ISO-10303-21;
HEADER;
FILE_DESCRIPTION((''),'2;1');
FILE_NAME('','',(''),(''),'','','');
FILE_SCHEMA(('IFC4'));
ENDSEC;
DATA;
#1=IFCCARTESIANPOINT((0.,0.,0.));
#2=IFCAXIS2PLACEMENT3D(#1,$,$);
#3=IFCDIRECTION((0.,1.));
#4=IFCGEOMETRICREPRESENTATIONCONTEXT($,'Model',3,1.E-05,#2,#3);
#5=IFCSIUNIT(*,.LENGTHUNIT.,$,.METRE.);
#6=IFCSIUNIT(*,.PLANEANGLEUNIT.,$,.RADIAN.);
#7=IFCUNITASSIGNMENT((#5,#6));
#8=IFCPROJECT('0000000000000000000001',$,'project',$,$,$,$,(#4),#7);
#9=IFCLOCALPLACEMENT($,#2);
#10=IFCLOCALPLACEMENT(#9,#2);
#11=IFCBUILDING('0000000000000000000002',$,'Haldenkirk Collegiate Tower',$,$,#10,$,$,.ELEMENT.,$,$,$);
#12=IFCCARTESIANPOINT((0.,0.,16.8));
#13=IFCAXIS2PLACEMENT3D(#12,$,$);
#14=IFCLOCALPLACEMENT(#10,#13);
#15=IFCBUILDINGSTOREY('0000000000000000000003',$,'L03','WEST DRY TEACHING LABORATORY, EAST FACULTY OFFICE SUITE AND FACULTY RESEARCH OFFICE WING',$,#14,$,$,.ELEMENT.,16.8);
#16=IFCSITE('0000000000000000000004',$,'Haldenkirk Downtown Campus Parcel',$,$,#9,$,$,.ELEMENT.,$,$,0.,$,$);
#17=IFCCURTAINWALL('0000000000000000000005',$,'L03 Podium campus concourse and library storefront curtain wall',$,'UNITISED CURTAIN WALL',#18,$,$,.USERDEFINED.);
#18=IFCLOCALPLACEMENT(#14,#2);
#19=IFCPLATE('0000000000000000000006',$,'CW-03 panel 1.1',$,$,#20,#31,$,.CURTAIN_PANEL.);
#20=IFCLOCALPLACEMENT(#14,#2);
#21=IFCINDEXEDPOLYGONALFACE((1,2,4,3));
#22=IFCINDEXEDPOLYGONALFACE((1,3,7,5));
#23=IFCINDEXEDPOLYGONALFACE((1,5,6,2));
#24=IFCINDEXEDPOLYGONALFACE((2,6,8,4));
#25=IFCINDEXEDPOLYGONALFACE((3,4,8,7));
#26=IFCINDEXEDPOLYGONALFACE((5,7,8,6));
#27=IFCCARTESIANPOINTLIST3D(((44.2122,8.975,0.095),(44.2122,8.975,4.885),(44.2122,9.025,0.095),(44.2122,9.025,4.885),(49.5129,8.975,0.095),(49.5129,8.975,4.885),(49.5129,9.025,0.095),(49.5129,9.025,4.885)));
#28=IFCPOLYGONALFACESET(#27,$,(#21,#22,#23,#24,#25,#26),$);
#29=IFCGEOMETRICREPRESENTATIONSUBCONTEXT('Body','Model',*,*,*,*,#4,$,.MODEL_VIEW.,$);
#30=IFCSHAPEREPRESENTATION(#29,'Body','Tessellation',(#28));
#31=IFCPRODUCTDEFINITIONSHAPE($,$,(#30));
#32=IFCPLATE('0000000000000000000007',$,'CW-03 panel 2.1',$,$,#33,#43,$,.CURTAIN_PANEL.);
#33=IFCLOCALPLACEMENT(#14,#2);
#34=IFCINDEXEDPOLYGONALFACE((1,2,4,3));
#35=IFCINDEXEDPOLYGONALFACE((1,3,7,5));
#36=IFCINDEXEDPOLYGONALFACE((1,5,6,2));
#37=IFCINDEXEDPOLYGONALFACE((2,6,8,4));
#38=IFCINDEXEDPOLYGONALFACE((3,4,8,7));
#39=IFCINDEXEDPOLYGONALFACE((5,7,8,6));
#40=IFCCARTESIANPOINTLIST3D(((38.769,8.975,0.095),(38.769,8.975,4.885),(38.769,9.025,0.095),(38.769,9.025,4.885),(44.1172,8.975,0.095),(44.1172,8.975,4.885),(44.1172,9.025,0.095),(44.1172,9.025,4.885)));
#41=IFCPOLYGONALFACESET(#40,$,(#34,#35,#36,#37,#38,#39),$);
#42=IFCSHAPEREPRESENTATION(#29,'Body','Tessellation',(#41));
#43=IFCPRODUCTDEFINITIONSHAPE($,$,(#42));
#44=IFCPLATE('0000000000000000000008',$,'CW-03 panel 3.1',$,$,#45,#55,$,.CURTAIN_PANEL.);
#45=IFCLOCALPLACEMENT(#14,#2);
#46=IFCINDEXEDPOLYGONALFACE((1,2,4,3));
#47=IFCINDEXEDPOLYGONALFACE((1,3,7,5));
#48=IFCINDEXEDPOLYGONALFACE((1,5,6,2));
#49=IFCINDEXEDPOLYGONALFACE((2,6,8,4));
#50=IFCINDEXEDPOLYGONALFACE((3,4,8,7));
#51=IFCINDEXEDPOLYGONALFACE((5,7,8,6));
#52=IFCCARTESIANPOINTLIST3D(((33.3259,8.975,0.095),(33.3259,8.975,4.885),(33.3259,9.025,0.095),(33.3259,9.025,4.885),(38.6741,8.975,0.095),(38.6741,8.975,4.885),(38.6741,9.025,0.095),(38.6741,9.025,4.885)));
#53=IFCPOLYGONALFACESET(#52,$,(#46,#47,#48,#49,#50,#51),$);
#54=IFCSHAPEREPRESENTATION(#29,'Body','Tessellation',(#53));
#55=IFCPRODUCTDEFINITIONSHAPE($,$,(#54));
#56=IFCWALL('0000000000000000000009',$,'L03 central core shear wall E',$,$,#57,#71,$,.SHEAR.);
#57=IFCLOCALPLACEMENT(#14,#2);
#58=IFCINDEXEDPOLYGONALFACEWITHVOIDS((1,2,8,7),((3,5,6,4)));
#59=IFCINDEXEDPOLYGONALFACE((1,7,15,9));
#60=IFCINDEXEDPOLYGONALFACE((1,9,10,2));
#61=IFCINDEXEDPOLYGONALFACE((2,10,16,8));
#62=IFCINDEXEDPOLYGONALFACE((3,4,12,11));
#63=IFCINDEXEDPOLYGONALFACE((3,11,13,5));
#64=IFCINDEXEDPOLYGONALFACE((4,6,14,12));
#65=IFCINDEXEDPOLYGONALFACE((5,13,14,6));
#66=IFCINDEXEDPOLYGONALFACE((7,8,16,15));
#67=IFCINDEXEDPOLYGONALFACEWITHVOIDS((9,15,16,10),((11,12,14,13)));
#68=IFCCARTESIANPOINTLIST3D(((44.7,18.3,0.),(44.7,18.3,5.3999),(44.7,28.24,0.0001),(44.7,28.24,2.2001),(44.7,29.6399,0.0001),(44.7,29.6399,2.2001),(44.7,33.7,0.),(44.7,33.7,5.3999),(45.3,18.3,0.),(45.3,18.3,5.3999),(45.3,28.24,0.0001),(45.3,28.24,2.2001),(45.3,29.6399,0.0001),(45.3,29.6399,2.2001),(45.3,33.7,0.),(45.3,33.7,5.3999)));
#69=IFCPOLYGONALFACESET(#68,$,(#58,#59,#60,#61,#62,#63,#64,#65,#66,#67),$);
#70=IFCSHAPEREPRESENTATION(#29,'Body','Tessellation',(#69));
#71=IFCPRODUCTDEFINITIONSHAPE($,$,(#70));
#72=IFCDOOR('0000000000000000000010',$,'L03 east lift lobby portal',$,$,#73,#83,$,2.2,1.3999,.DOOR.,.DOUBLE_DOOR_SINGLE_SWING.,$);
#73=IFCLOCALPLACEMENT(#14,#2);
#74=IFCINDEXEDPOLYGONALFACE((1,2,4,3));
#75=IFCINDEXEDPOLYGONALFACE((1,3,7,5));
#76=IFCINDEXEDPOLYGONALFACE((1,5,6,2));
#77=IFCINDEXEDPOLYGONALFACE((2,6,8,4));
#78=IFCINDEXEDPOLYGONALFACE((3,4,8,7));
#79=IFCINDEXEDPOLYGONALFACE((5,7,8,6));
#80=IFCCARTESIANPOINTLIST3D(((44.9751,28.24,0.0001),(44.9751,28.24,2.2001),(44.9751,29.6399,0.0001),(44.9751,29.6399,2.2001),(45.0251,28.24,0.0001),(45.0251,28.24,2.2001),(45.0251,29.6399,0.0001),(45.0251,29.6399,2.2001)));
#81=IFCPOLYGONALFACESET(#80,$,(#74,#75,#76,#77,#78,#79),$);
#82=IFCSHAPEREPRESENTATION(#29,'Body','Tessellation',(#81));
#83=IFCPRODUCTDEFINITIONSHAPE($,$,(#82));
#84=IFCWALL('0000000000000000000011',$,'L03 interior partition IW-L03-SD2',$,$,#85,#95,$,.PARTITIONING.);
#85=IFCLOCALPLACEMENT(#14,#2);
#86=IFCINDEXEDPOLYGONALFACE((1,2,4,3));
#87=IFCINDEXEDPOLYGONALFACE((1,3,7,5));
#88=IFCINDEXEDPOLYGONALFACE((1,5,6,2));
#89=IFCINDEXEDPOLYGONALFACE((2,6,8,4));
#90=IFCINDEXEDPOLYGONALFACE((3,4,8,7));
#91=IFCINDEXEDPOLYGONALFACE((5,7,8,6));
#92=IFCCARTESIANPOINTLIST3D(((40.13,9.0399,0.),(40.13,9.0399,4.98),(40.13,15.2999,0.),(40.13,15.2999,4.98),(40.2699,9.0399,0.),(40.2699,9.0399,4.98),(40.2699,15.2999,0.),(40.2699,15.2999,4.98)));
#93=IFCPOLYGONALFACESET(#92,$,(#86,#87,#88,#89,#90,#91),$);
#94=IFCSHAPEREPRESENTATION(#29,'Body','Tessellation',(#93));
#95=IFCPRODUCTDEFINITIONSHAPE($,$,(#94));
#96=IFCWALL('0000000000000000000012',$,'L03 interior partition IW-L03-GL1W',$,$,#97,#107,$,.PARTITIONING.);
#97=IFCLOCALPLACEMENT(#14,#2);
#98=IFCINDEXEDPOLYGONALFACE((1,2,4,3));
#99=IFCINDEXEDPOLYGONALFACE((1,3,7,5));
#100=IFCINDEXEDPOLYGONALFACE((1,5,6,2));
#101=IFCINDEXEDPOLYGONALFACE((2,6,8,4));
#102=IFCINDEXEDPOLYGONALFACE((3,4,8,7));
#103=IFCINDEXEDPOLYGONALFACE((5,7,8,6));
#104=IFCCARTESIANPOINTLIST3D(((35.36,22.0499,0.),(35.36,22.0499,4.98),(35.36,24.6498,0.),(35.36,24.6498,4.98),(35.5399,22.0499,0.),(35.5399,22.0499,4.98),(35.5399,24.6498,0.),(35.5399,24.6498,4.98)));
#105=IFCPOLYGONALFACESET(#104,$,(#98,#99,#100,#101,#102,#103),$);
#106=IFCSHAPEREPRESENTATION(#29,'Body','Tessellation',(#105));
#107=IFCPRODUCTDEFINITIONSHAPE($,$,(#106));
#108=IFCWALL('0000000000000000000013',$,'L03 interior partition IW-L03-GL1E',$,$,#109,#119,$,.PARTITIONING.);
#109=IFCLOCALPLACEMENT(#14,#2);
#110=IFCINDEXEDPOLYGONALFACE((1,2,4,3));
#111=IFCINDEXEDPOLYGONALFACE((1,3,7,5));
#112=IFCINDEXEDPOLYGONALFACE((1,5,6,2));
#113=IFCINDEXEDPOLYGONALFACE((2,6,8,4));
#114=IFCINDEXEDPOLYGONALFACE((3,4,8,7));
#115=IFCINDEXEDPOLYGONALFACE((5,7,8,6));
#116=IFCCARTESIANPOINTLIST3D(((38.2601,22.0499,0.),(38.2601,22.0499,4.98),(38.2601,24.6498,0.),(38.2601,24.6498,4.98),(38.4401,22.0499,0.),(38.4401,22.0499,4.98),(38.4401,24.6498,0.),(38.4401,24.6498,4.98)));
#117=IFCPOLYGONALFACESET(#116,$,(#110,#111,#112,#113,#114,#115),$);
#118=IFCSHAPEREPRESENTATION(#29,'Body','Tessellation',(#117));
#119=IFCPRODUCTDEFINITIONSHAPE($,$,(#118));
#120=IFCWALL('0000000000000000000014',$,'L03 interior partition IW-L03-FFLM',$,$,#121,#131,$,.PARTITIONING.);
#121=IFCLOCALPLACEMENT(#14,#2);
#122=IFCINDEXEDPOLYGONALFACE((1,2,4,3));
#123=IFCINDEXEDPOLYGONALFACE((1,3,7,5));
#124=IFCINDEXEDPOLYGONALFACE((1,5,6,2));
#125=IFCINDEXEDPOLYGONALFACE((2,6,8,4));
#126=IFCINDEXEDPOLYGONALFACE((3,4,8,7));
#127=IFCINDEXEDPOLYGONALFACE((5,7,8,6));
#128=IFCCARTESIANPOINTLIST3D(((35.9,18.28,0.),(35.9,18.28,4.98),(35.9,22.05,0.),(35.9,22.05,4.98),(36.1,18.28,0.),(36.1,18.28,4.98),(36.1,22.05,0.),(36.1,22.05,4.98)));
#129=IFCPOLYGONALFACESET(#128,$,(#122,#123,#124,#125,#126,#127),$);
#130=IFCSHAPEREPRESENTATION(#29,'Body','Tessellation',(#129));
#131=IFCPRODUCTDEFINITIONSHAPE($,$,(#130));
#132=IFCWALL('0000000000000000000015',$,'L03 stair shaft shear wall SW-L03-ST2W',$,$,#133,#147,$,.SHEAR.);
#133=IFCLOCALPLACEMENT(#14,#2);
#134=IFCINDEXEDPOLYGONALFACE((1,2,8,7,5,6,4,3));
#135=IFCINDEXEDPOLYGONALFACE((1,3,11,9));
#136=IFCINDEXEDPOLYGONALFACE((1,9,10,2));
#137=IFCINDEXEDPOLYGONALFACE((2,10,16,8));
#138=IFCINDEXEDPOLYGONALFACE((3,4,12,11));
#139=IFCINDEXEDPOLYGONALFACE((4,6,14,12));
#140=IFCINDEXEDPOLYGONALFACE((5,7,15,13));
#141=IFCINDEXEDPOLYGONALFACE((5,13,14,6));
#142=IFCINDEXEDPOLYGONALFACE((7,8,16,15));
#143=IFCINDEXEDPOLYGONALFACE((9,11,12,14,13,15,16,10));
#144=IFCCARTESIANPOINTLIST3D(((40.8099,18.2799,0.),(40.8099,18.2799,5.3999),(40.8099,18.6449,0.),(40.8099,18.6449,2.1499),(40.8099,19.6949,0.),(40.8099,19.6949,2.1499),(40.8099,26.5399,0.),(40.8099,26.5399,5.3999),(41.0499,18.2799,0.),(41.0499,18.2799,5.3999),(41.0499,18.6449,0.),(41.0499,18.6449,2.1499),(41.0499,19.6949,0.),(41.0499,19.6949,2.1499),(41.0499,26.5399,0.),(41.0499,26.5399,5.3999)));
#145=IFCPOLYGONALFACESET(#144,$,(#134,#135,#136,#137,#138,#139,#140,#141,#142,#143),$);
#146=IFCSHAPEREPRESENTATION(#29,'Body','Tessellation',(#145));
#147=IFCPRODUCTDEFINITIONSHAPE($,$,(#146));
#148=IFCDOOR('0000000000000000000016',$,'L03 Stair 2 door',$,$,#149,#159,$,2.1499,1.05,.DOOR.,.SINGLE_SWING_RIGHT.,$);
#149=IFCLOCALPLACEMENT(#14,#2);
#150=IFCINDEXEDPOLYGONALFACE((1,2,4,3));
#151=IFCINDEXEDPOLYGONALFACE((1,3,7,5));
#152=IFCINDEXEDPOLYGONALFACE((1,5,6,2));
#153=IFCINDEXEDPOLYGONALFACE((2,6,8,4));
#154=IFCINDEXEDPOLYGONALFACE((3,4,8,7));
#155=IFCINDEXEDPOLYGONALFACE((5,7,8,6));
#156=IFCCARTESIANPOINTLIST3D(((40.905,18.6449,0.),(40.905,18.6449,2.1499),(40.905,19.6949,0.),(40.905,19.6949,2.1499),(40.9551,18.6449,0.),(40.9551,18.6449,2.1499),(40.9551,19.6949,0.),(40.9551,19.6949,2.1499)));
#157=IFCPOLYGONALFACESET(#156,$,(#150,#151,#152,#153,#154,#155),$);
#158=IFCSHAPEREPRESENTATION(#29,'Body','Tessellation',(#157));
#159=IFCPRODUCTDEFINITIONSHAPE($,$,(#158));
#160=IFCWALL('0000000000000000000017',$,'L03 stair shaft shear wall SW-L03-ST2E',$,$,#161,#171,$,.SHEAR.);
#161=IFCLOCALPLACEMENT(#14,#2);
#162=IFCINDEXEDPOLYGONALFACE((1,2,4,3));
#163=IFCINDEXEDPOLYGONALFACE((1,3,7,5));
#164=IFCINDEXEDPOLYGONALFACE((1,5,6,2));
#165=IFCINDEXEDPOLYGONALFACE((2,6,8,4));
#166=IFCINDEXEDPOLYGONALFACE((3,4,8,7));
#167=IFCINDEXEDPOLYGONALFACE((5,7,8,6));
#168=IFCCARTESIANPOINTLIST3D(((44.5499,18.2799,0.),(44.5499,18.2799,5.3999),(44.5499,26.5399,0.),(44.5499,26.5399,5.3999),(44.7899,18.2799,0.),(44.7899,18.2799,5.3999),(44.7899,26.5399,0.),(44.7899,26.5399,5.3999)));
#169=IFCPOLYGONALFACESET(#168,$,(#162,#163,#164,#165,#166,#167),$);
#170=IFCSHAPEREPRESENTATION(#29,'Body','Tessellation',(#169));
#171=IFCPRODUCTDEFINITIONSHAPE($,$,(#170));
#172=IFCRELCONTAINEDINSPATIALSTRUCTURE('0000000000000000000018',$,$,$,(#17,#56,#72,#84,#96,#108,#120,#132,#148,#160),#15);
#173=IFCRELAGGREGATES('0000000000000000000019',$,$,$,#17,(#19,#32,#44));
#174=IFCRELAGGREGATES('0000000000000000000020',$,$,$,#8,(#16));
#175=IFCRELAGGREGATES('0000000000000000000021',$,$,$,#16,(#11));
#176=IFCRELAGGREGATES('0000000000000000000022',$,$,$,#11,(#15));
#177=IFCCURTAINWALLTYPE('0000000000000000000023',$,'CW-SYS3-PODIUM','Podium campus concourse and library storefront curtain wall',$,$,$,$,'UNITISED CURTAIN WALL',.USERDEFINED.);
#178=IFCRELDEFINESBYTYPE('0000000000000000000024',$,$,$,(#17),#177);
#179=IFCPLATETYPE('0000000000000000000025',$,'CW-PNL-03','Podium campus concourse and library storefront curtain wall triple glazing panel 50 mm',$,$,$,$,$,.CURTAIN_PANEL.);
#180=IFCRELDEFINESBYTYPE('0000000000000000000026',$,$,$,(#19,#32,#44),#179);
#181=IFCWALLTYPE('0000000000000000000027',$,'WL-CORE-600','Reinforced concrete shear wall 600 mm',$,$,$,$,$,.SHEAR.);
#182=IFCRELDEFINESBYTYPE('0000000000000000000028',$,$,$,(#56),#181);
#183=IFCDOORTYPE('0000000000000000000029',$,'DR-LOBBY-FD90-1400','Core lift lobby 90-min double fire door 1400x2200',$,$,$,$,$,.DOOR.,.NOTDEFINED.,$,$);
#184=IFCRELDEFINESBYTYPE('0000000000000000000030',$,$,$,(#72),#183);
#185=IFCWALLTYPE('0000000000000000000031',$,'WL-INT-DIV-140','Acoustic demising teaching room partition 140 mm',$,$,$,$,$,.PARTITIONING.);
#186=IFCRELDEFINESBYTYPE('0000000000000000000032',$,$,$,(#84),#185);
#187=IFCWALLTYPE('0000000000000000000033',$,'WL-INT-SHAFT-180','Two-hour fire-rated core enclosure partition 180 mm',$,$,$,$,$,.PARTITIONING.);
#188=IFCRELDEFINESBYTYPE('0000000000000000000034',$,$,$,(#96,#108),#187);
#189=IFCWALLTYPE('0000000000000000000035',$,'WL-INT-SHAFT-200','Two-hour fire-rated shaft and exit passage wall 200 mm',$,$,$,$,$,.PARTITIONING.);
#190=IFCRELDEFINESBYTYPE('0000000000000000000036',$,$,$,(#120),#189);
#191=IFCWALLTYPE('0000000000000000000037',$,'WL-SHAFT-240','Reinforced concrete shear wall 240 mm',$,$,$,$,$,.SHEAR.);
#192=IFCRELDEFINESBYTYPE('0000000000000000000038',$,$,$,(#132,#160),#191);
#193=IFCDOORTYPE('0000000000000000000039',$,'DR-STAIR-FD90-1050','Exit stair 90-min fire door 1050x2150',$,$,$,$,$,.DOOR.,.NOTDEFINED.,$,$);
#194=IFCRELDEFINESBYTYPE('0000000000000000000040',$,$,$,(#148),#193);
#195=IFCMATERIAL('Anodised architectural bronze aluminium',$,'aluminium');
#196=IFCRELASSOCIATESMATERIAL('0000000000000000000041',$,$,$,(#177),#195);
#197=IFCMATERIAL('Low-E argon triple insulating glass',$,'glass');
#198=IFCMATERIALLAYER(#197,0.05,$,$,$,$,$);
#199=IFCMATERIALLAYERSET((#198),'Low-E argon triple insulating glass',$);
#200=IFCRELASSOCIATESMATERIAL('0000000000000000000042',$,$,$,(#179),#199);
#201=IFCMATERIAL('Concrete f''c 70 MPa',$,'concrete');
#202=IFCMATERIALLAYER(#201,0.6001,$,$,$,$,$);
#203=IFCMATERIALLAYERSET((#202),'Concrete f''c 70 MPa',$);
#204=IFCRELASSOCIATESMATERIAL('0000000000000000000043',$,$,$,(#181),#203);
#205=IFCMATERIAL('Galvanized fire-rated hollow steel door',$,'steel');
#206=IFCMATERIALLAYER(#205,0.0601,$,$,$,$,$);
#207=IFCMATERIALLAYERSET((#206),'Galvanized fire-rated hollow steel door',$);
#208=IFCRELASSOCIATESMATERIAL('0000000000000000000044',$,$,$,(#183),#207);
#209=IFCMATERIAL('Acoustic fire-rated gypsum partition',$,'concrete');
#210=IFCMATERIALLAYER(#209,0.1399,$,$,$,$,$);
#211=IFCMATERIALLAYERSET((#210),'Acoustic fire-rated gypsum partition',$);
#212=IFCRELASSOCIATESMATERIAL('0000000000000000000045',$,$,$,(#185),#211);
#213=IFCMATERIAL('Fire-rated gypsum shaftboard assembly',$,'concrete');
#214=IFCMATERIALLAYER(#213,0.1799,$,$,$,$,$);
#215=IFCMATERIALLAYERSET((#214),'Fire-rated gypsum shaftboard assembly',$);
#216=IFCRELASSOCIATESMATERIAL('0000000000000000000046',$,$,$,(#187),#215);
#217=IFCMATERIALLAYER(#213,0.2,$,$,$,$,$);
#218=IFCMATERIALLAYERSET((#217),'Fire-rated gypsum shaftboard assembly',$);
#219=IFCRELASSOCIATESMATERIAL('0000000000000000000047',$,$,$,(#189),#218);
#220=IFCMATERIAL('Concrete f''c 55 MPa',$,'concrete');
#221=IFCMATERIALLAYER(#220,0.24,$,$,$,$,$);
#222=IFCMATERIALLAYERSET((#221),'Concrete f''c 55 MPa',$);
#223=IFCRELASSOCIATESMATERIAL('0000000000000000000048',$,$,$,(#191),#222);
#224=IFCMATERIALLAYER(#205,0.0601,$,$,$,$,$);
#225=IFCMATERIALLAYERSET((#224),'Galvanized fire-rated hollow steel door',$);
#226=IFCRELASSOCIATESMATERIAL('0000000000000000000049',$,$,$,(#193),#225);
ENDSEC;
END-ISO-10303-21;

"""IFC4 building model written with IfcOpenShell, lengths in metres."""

from ifc_helpers import new_model, si_unit, direction, frame, frame_2d, origin, origin_2d, place, context, subcontext, project, spatial, rectangle, extrude, source, transform, mapped, material, layer, layer_set, type_object, element, fill, aggregate, save


model = new_model("IFC4")

# Units and contexts
model_context = context("Model", 3, precision=1e-05, world=origin(), true_north=direction((0.0, 1.0)))
body_context = subcontext(model_context, "Body", "Model", "MODEL_VIEW")
ifc_project = project(units=[si_unit("LENGTHUNIT", "METRE"), si_unit("PLANEANGLEUNIT", "RADIAN")], contexts=[model_context])

# Site, building, storey
site_placement = place(None, origin())
site = spatial("IfcSite", under=ifc_project, at=site_placement, Name="Haldenkirk Downtown Campus Parcel", CompositionType="ELEMENT", RefElevation=0.0)
building_placement = place(site_placement, origin())
building = spatial("IfcBuilding", under=site, at=building_placement, Name="Haldenkirk Collegiate Tower", CompositionType="ELEMENT")
storey_placement = place(building_placement, frame((0.0, 0.0, 16.8)))
storey = spatial("IfcBuildingStorey", under=building, at=storey_placement, Name="L03", Description="WEST DRY TEACHING LABORATORY, EAST FACULTY OFFICE SUITE AND FACULTY RESEARCH OFFICE WING", CompositionType="ELEMENT", Elevation=16.8)

# Curtain wall, plates
ifc_material_1 = material(Name="Anodised architectural bronze aluminium", Category="aluminium")
curtain_wall_type = type_object("IfcCurtainWallType", Name="CW-SYS3-PODIUM", Description="Podium campus concourse and library storefront curtain wall", ElementType="UNITISED CURTAIN WALL", PredefinedType="USERDEFINED", material=ifc_material_1)
curtain_wall_placement = place(storey_placement, origin())
curtain_wall = element("IfcCurtainWall", 1, at=curtain_wall_placement, inside=storey, type_object=curtain_wall_type, Name="L03 Podium campus concourse and library storefront curtain wall", ObjectType="UNITISED CURTAIN WALL", PredefinedType="USERDEFINED")
ifc_material_2 = material(Name="Low-E argon triple insulating glass", Category="glass")
ifc_layer_1 = layer(ifc_material_2, 0.05)
ifc_layer_set_1 = layer_set([ifc_layer_1], Name="Low-E argon triple insulating glass")
plate_type = type_object("IfcPlateType", Name="CW-PNL-03", Description="Podium campus concourse and library storefront curtain wall triple glazing panel 50 mm", PredefinedType="CURTAIN_PANEL", material=ifc_layer_set_1)
shared_shape_1 = source(origin(), body_context, "Body", "SweptSolid", [
    extrude(rectangle(XDim=5.3008, YDim=0.05, at=origin_2d()), origin(), (0.0, 0.0, 1.0), 4.79),
])
plate_1_placement = place(storey_placement, frame((46.8625, 9.0, 0.095), z_axis=(0.0, 0.0, 1.0), x_axis=(-1.0, 0.0, 0.0)))
plate_1 = element("IfcPlate", 2, at=plate_1_placement, type_object=plate_type, Name="CW-03 panel 1.1", PredefinedType="CURTAIN_PANEL", context=body_context, shape_type="MappedRepresentation", body=[
    mapped(shared_shape_1, transform((0.0, 0.0, 0.0), x_axis=(1.0, 0.0, 0.0), y_axis=(0.0, 1.0, 0.0), z_axis=(0.0, 0.0, 1.0), scale=1.0)),
])
shared_shape_2 = source(origin(), body_context, "Body", "SweptSolid", [
    extrude(rectangle(XDim=5.3481, YDim=0.05, at=origin_2d()), origin(), (0.0, 0.0, 1.0), 4.79),
])
plate_2_placement = place(storey_placement, frame((41.4431, 9.0, 0.095), z_axis=(0.0, 0.0, 1.0), x_axis=(-1.0, 0.0, 0.0)))
plate_2 = element("IfcPlate", 3, at=plate_2_placement, type_object=plate_type, Name="CW-03 panel 2.1", PredefinedType="CURTAIN_PANEL", context=body_context, shape_type="MappedRepresentation", body=[
    mapped(shared_shape_2, transform((0.0, 0.0, 0.0), x_axis=(1.0, 0.0, 0.0), y_axis=(0.0, 1.0, 0.0), z_axis=(0.0, 0.0, 1.0), scale=1.0)),
])
plate_3_placement = place(storey_placement, frame((36.0, 9.0, 0.095), z_axis=(0.0, 0.0, 1.0), x_axis=(-1.0, 0.0, 0.0)))
plate_3 = element("IfcPlate", 4, at=plate_3_placement, type_object=plate_type, Name="CW-03 panel 3.1", PredefinedType="CURTAIN_PANEL", context=body_context, shape_type="MappedRepresentation", body=[
    mapped(shared_shape_2, transform((0.0, 0.0, 0.0), x_axis=(1.0, 0.0, 0.0), y_axis=(0.0, 1.0, 0.0), z_axis=(0.0, 0.0, 1.0), scale=1.0)),
])
aggregate(curtain_wall, [plate_1, plate_2, plate_3])

# Wall, opening, door
ifc_material_3 = material(Name="Concrete f'c 70 MPa", Category="concrete")
ifc_layer_2 = layer(ifc_material_3, 0.6001)
ifc_layer_set_2 = layer_set([ifc_layer_2], Name="Concrete f'c 70 MPa")
wall_type_1 = type_object("IfcWallType", Name="WL-CORE-600", Description="Reinforced concrete shear wall 600 mm", PredefinedType="SHEAR", material=ifc_layer_set_2)
wall_1_placement = place(storey_placement, frame((45.0, 18.3, 0.0), z_axis=(0.0, 0.0, 1.0), x_axis=(0.0, 1.0, 0.0)))
wall_1 = element("IfcWall", 5, at=wall_1_placement, inside=storey, type_object=wall_type_1, Name="L03 central core shear wall E", PredefinedType="SHEAR", context=body_context, shape_type="SweptSolid", body=[
    extrude(rectangle(XDim=15.3999, YDim=0.6001, at=frame_2d((7.7, 0.0))), origin(), (0.0, 0.0, 1.0), 5.3999),
])
opening_1_placement = place(wall_1_placement, frame((9.9399, 0.0, 0.0)))
opening_1 = element("IfcOpeningElement", 6, at=opening_1_placement, cuts=wall_1, PredefinedType="OPENING", context=body_context, shape_type="SweptSolid", body=[
    extrude(rectangle(XDim=1.3999, YDim=2.2, at=frame_2d((0.7, 1.1001))), frame((0.0, 0.3101, 0.0), z_axis=(0.0, -1.0, 0.0), x_axis=(1.0, 0.0, 0.0)), (0.0, 0.0, 1.0), 0.6201),
])
ifc_material_4 = material(Name="Galvanized fire-rated hollow steel door", Category="steel")
ifc_layer_3 = layer(ifc_material_4, 0.0601)
ifc_layer_set_3 = layer_set([ifc_layer_3], Name="Galvanized fire-rated hollow steel door")
door_type_1 = type_object("IfcDoorType", Name="DR-LOBBY-FD90-1400", Description="Core lift lobby 90-min double fire door 1400x2200", OperationType="NOTDEFINED", PredefinedType="DOOR", material=ifc_layer_set_3)
door_1_placement = place(opening_1_placement, origin())
door_1 = element("IfcDoor", 7, at=door_1_placement, inside=storey, type_object=door_type_1, Name="L03 east lift lobby portal", OperationType="DOUBLE_DOOR_SINGLE_SWING", OverallHeight=2.2, OverallWidth=1.3999, PredefinedType="DOOR", context=body_context, shape_type="SweptSolid", body=[
    extrude(rectangle(XDim=1.3999, YDim=2.2, at=frame_2d((0.7, 1.1001))), frame((0.0, 0.0249, 0.0), z_axis=(0.0, -1.0, 0.0), x_axis=(1.0, 0.0, 0.0)), (0.0, 0.0, 1.0), 0.05),
])
fill(opening_1, door_1)

# Walls
ifc_material_5 = material(Name="Acoustic fire-rated gypsum partition", Category="concrete")
ifc_layer_4 = layer(ifc_material_5, 0.1399)
ifc_layer_set_4 = layer_set([ifc_layer_4], Name="Acoustic fire-rated gypsum partition")
wall_type_2 = type_object("IfcWallType", Name="WL-INT-DIV-140", Description="Acoustic demising teaching room partition 140 mm", PredefinedType="PARTITIONING", material=ifc_layer_set_4)
wall_2_placement = place(storey_placement, frame((40.2, 9.04, 0.0), z_axis=(0.0, 0.0, 1.0), x_axis=(0.0, 1.0, 0.0)))
element("IfcWall", 8, at=wall_2_placement, inside=storey, type_object=wall_type_2, Name="L03 interior partition IW-L03-SD2", PredefinedType="PARTITIONING", context=body_context, shape_type="SweptSolid", body=[
    extrude(rectangle(XDim=6.26, YDim=0.1399, at=frame_2d((3.1299, 0.0))), origin(), (0.0, 0.0, 1.0), 4.98),
])
ifc_material_6 = material(Name="Fire-rated gypsum shaftboard assembly", Category="concrete")
ifc_layer_5 = layer(ifc_material_6, 0.1799)
ifc_layer_set_5 = layer_set([ifc_layer_5], Name="Fire-rated gypsum shaftboard assembly")
wall_type_3 = type_object("IfcWallType", Name="WL-INT-SHAFT-180", Description="Two-hour fire-rated core enclosure partition 180 mm", PredefinedType="PARTITIONING", material=ifc_layer_set_5)
for number, where, z_axis, x_axis, name in (
    (9, (35.45, 22.05, 0.0), (0.0, 0.0, 1.0), (0.0, 1.0, 0.0), "L03 interior partition IW-L03-GL1W"),
    (10, (38.3501, 22.05, 0.0), (0.0, 0.0, 1.0), (0.0, 1.0, 0.0), "L03 interior partition IW-L03-GL1E"),
):
    element("IfcWall", number, at=place(storey_placement, frame(where, z_axis=z_axis, x_axis=x_axis)), inside=storey, type_object=wall_type_3, Name=name, PredefinedType="PARTITIONING", context=body_context, shape_type="SweptSolid", body=[
        extrude(rectangle(XDim=2.5999, YDim=0.1799, at=frame_2d((1.2998, 0.0))), origin(), (0.0, 0.0, 1.0), 4.98),
    ])
ifc_layer_6 = layer(ifc_material_6, 0.2)
ifc_layer_set_6 = layer_set([ifc_layer_6], Name="Fire-rated gypsum shaftboard assembly")
wall_type_4 = type_object("IfcWallType", Name="WL-INT-SHAFT-200", Description="Two-hour fire-rated shaft and exit passage wall 200 mm", PredefinedType="PARTITIONING", material=ifc_layer_set_6)
wall_3_placement = place(storey_placement, frame((36.0, 18.28, 0.0), z_axis=(0.0, 0.0, 1.0), x_axis=(0.0, 1.0, 0.0)))
element("IfcWall", 11, at=wall_3_placement, inside=storey, type_object=wall_type_4, Name="L03 interior partition IW-L03-FFLM", PredefinedType="PARTITIONING", context=body_context, shape_type="SweptSolid", body=[
    extrude(rectangle(XDim=3.77, YDim=0.2, at=frame_2d((1.885, 0.0))), origin(), (0.0, 0.0, 1.0), 4.98),
])

# Wall, opening, door
ifc_material_7 = material(Name="Concrete f'c 55 MPa", Category="concrete")
ifc_layer_7 = layer(ifc_material_7, 0.24)
ifc_layer_set_7 = layer_set([ifc_layer_7], Name="Concrete f'c 55 MPa")
wall_type_5 = type_object("IfcWallType", Name="WL-SHAFT-240", Description="Reinforced concrete shear wall 240 mm", PredefinedType="SHEAR", material=ifc_layer_set_7)
wall_4_placement = place(storey_placement, frame((40.9299, 18.28, 0.0), z_axis=(0.0, 0.0, 1.0), x_axis=(0.0, 1.0, 0.0)))
wall_4 = element("IfcWall", 12, at=wall_4_placement, inside=storey, type_object=wall_type_5, Name="L03 stair shaft shear wall SW-L03-ST2W", PredefinedType="SHEAR", context=body_context, shape_type="SweptSolid", body=[
    extrude(rectangle(XDim=8.26, YDim=0.24, at=frame_2d((4.1299, 0.0))), origin(), (0.0, 0.0, 1.0), 5.3999),
])
opening_2_placement = place(wall_4_placement, frame((0.365, 0.0, 0.0)))
opening_2 = element("IfcOpeningElement", 13, at=opening_2_placement, cuts=wall_4, PredefinedType="OPENING", context=body_context, shape_type="SweptSolid", body=[
    extrude(rectangle(XDim=1.05, YDim=2.1499, at=frame_2d((0.5249, 1.075))), frame((0.0, 0.1299, 0.0), z_axis=(0.0, -1.0, 0.0), x_axis=(1.0, 0.0, 0.0)), (0.0, 0.0, 1.0), 0.26),
])
ifc_layer_8 = layer(ifc_material_4, 0.0601)
ifc_layer_set_8 = layer_set([ifc_layer_8], Name="Galvanized fire-rated hollow steel door")
door_type_2 = type_object("IfcDoorType", Name="DR-STAIR-FD90-1050", Description="Exit stair 90-min fire door 1050x2150", OperationType="NOTDEFINED", PredefinedType="DOOR", material=ifc_layer_set_8)
door_2_placement = place(opening_2_placement, origin())
door_2 = element("IfcDoor", 14, at=door_2_placement, inside=storey, type_object=door_type_2, Name="L03 Stair 2 door", OperationType="SINGLE_SWING_RIGHT", OverallHeight=2.1499, OverallWidth=1.05, PredefinedType="DOOR", context=body_context, shape_type="SweptSolid", body=[
    extrude(rectangle(XDim=1.05, YDim=2.1499, at=frame_2d((0.5249, 1.075))), frame((0.0, 0.0249, 0.0), z_axis=(0.0, -1.0, 0.0), x_axis=(1.0, 0.0, 0.0)), (0.0, 0.0, 1.0), 0.05),
])
fill(opening_2, door_2)

# Wall
wall_5_placement = place(storey_placement, frame((44.6699, 18.28, 0.0), z_axis=(0.0, 0.0, 1.0), x_axis=(0.0, 1.0, 0.0)))
element("IfcWall", 15, at=wall_5_placement, inside=storey, type_object=wall_type_5, Name="L03 stair shaft shear wall SW-L03-ST2E", PredefinedType="SHEAR", context=body_context, shape_type="SweptSolid", body=[
    extrude(rectangle(XDim=8.26, YDim=0.24, at=frame_2d((4.1299, 0.0))), origin(), (0.0, 0.0, 1.0), 5.3999),
])

save(model, "model.ifc")
